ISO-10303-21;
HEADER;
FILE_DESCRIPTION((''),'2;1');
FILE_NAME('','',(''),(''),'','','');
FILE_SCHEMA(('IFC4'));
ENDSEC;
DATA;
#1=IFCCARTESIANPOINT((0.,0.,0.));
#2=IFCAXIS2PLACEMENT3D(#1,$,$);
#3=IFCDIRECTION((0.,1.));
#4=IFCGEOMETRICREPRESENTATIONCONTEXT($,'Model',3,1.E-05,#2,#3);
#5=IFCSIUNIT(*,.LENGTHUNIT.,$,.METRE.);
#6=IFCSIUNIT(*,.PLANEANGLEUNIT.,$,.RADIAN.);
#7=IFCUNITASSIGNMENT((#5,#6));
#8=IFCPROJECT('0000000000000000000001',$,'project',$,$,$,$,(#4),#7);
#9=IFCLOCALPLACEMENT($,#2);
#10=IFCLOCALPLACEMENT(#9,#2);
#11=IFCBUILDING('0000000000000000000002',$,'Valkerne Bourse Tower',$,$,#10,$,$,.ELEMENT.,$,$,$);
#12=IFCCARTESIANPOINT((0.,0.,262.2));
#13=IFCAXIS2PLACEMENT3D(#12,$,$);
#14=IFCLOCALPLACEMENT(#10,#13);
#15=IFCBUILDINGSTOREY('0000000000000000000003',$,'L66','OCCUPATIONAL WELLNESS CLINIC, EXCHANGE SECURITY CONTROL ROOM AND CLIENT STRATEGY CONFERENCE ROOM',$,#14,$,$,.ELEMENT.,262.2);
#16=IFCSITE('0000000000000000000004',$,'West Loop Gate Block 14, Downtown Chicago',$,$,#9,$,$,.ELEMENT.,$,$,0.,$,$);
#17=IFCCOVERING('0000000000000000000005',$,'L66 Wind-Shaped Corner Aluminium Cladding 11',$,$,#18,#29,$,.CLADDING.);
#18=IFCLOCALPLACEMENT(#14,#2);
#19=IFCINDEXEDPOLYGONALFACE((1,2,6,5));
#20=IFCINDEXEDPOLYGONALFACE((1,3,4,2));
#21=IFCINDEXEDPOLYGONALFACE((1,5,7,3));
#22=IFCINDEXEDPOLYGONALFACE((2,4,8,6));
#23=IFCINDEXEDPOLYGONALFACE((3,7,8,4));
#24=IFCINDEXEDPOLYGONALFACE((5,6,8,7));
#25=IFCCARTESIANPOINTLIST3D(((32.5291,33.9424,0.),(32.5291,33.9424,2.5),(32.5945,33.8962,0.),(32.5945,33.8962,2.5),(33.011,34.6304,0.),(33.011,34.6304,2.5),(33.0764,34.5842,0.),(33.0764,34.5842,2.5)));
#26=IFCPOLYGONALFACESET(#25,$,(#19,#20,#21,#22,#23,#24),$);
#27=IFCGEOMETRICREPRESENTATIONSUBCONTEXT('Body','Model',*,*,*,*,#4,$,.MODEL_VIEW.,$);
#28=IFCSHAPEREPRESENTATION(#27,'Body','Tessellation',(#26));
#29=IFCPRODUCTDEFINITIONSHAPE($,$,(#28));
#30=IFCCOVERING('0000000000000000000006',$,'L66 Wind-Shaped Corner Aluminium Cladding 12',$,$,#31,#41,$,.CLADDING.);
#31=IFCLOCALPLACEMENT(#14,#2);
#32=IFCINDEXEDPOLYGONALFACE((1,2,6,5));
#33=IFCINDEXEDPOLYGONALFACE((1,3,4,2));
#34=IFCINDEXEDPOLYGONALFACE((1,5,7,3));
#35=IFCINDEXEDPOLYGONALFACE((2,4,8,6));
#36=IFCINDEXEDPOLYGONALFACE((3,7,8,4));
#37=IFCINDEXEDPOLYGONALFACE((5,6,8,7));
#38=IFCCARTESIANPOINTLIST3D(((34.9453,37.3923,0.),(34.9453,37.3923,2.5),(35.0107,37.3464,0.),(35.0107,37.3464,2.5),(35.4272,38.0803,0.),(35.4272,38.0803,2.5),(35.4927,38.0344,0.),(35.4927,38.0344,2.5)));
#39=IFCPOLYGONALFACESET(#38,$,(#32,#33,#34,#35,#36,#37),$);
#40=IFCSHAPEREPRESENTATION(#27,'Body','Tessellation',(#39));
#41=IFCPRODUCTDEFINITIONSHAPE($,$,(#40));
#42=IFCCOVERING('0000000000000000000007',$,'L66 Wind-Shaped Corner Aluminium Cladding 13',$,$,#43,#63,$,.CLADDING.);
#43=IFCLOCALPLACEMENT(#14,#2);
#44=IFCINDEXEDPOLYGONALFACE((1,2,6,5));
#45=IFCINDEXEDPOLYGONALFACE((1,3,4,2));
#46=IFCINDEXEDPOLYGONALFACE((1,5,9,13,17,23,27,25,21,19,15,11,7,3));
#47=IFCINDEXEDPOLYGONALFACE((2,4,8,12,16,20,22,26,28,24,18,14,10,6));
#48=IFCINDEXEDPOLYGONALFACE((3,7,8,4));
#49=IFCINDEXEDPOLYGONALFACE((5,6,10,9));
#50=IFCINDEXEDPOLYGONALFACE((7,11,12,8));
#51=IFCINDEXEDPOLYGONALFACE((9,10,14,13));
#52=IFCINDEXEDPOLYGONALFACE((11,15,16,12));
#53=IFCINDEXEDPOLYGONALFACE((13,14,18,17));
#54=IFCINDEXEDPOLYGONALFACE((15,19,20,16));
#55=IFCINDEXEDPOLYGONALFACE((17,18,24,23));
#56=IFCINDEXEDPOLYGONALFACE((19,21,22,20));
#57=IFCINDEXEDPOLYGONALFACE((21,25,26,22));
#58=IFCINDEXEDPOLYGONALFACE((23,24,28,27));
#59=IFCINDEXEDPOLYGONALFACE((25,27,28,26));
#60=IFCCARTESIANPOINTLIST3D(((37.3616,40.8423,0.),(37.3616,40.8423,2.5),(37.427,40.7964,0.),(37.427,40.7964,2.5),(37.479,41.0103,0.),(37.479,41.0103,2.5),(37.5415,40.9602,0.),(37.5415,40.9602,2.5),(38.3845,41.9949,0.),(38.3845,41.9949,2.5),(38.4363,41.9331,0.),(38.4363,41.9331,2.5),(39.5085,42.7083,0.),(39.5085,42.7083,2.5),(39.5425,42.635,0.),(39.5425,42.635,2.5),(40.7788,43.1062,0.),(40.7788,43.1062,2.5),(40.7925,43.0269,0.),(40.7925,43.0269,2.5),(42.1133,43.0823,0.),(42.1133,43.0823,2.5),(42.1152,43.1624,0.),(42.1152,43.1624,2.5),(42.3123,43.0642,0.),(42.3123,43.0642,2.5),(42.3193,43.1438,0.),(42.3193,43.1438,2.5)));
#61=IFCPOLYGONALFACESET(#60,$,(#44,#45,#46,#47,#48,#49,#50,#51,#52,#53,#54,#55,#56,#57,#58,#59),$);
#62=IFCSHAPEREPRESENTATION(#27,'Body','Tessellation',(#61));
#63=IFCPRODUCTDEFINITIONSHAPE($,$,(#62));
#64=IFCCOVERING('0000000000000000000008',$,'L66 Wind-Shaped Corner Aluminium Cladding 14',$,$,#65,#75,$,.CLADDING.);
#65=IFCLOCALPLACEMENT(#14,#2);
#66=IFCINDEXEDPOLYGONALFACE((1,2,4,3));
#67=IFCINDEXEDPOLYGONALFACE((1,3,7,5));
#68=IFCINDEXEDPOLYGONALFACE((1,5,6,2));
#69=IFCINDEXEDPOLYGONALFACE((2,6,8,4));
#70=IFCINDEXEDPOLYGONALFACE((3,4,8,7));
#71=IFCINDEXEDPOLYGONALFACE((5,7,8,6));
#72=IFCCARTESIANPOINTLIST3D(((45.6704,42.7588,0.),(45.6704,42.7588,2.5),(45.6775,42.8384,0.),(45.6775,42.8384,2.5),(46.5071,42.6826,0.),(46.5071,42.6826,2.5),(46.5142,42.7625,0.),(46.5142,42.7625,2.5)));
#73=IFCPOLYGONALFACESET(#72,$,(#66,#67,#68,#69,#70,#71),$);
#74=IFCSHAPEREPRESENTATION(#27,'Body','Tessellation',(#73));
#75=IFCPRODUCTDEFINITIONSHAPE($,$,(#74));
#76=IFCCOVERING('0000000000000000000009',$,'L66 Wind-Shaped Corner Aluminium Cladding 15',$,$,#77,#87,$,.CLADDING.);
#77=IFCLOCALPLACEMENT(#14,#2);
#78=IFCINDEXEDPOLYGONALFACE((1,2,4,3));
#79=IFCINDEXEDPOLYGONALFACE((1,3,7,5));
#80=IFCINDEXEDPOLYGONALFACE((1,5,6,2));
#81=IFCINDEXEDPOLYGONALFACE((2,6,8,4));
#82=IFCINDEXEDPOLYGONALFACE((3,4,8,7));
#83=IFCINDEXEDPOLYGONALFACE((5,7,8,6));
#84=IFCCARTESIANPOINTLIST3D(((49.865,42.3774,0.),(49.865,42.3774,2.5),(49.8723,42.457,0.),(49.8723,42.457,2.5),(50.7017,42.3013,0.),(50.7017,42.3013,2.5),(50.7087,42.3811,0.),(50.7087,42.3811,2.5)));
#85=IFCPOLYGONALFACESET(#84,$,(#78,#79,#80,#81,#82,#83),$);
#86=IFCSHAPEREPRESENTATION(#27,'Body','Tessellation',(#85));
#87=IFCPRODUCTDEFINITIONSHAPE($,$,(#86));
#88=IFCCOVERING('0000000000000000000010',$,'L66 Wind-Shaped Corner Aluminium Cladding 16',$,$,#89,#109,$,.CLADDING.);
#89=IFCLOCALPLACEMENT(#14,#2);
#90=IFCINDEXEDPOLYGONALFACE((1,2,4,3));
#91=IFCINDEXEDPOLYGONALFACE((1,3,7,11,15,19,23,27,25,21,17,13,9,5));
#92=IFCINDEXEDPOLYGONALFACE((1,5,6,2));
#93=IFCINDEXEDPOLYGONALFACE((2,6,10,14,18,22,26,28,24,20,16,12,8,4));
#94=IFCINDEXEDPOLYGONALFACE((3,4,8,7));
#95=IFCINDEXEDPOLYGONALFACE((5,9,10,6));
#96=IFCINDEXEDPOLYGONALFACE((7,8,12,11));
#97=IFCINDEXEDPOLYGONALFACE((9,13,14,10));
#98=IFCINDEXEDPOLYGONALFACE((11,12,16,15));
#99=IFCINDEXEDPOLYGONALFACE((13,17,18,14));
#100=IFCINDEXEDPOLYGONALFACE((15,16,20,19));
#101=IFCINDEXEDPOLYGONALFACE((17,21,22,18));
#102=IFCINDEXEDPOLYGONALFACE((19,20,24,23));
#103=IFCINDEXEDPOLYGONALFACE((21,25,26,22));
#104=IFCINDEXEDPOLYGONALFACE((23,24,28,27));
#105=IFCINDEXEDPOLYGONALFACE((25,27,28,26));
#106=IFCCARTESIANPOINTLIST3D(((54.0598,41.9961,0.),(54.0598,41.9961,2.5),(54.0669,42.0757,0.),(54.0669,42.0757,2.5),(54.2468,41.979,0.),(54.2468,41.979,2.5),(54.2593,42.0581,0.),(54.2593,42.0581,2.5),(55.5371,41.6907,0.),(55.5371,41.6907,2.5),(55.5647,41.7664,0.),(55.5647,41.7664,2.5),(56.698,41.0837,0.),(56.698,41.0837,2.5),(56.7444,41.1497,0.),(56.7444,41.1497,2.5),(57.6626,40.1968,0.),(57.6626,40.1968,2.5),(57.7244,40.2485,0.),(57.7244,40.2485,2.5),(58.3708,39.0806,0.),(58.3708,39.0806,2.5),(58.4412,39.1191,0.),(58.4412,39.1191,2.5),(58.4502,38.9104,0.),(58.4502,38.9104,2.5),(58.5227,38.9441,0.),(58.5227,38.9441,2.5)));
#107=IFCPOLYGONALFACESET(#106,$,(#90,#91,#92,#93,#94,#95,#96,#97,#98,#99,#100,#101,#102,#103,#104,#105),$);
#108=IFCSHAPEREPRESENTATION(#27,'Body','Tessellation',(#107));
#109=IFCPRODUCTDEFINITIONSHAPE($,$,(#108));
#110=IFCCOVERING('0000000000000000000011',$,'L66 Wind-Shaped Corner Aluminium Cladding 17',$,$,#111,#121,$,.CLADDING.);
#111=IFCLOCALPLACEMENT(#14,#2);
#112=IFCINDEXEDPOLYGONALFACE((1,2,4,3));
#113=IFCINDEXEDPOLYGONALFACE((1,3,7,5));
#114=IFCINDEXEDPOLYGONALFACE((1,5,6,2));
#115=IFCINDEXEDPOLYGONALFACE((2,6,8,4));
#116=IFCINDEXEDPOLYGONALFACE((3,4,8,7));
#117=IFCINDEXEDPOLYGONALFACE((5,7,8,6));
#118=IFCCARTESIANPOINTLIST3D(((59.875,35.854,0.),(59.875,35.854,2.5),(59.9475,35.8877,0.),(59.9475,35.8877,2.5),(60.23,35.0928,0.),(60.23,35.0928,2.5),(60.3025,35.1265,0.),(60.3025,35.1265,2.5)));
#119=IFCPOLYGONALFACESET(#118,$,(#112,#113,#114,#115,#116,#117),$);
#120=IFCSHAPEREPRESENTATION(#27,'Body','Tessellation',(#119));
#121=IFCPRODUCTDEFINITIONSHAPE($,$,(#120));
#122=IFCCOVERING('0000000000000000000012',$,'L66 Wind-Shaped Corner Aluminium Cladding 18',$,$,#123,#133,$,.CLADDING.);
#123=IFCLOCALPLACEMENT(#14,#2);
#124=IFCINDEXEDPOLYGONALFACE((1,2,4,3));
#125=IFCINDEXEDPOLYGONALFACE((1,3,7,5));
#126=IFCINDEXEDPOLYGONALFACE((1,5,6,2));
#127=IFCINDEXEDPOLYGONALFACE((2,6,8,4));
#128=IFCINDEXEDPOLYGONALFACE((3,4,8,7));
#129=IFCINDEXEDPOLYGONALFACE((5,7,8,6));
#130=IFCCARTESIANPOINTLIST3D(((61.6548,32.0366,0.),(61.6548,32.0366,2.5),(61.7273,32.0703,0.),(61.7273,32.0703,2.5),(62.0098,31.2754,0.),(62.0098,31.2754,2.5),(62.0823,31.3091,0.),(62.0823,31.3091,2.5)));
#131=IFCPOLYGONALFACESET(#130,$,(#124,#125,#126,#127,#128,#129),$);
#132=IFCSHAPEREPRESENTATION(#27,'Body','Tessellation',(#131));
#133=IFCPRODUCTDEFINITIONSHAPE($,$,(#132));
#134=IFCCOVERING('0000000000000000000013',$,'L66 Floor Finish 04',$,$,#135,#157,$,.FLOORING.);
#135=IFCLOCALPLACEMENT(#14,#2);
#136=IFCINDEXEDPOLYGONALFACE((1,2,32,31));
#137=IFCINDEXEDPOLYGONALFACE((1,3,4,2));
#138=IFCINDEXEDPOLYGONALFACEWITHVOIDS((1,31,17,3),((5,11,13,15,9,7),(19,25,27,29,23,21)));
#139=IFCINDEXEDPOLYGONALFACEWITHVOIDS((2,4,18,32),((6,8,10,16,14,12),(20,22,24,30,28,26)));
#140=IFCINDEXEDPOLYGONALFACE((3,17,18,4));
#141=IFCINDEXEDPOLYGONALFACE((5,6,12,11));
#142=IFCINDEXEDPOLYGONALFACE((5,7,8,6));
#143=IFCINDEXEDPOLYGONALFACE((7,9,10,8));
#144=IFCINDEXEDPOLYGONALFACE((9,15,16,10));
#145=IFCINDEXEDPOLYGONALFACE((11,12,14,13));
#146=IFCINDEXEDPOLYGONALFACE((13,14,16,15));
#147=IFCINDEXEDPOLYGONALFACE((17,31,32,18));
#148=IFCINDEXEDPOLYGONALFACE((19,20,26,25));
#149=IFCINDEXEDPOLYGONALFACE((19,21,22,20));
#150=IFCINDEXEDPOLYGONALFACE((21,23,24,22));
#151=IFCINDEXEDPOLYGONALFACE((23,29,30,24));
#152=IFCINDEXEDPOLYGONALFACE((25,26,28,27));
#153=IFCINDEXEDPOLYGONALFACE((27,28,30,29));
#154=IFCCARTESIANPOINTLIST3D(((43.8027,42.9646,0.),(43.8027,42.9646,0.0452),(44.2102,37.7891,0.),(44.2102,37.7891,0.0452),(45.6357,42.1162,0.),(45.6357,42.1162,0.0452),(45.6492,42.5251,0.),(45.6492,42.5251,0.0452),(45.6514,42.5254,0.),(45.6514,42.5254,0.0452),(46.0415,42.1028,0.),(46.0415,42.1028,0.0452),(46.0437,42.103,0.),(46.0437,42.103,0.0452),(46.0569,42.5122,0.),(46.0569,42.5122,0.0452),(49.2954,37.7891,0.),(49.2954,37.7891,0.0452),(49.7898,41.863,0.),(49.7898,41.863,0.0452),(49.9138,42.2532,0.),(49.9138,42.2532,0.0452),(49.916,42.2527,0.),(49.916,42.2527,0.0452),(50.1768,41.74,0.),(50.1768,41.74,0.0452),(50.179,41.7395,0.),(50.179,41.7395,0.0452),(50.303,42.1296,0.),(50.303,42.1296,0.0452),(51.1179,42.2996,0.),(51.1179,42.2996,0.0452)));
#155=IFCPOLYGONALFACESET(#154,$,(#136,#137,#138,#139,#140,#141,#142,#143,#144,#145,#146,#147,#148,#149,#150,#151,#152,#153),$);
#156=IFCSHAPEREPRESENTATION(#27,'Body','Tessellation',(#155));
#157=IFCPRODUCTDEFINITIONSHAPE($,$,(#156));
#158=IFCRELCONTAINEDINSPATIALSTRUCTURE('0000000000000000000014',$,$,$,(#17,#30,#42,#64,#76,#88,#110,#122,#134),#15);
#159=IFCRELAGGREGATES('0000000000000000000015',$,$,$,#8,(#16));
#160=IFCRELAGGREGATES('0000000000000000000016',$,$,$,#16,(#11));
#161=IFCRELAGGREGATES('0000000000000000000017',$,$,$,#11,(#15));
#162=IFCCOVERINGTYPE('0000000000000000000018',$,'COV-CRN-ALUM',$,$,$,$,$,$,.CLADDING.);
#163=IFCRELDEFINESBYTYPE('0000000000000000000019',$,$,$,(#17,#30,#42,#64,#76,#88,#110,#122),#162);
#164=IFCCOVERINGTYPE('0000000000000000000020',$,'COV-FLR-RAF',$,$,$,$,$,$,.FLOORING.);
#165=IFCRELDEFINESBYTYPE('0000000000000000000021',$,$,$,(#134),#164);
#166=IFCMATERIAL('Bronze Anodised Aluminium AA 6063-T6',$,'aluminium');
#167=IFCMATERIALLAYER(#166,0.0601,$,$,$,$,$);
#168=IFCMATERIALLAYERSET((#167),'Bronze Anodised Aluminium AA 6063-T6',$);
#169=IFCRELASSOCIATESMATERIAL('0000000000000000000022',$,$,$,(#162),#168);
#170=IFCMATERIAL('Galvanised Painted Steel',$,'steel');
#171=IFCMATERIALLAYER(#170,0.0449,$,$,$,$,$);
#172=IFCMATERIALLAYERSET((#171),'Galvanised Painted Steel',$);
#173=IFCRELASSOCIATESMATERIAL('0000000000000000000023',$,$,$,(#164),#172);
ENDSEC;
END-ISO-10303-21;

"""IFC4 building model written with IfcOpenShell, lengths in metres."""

from ifc_helpers import new_model, si_unit, direction, frame, origin, place, context, subcontext, project, spatial, polyline, outline, extrude, material, layer, layer_set, type_object, element, save


model = new_model("IFC4")

# Units and contexts
model_context = context("Model", 3, precision=1e-05, world=origin(), true_north=direction((0.0, 1.0)))
body_context = subcontext(model_context, "Body", "Model", "MODEL_VIEW")
ifc_project = project(units=[si_unit("LENGTHUNIT", "METRE"), si_unit("PLANEANGLEUNIT", "RADIAN")], contexts=[model_context])

# Site, building, storey
site_placement = place(None, origin())
site = spatial("IfcSite", under=ifc_project, at=site_placement, Name="West Loop Gate Block 14, Downtown Chicago", CompositionType="ELEMENT", RefElevation=0.0)
building_placement = place(site_placement, origin())
building = spatial("IfcBuilding", under=site, at=building_placement, Name="Valkerne Bourse Tower", CompositionType="ELEMENT")
storey_placement = place(building_placement, frame((0.0, 0.0, 262.2)))
storey = spatial("IfcBuildingStorey", under=building, at=storey_placement, Name="L66", Description="OCCUPATIONAL WELLNESS CLINIC, EXCHANGE SECURITY CONTROL ROOM AND CLIENT STRATEGY CONFERENCE ROOM", CompositionType="ELEMENT", Elevation=262.2)

# Coverings
ifc_material_1 = material(Name="Bronze Anodised Aluminium AA 6063-T6", Category="aluminium")
ifc_layer_1 = layer(ifc_material_1, 0.0601)
ifc_layer_set_1 = layer_set([ifc_layer_1], Name="Bronze Anodised Aluminium AA 6063-T6")
covering_type_1 = type_object("IfcCoveringType", Name="COV-CRN-ALUM", PredefinedType="CLADDING", material=ifc_layer_set_1)
covering_1_placement = place(storey_placement, origin())
element("IfcCovering", 1, at=covering_1_placement, inside=storey, type_object=covering_type_1, Name="L66 Wind-Shaped Corner Aluminium Cladding 11", PredefinedType="CLADDING", context=body_context, shape_type="SweptSolid", body=[
    extrude(outline(polyline([(33.011, 34.6304), (33.0764, 34.5842), (32.5945, 33.8962), (32.5291, 33.9424), (33.011, 34.6304)])), origin(), (0.0, 0.0, 1.0), 2.5),
])
covering_2_placement = place(storey_placement, origin())
element("IfcCovering", 2, at=covering_2_placement, inside=storey, type_object=covering_type_1, Name="L66 Wind-Shaped Corner Aluminium Cladding 12", PredefinedType="CLADDING", context=body_context, shape_type="SweptSolid", body=[
    extrude(outline(polyline([(35.4272, 38.0803), (35.4927, 38.0344), (35.0107, 37.3464), (34.9453, 37.3923), (35.4272, 38.0803)])), origin(), (0.0, 0.0, 1.0), 2.5),
])
covering_3_placement = place(storey_placement, origin())
element("IfcCovering", 3, at=covering_3_placement, inside=storey, type_object=covering_type_1, Name="L66 Wind-Shaped Corner Aluminium Cladding 13", PredefinedType="CLADDING", context=body_context, shape_type="SweptSolid", body=[
    extrude(outline(polyline([(37.479, 41.0103), (38.3845, 41.9949), (39.5085, 42.7083), (40.7788, 43.1062), (42.1152, 43.1624), (42.3193, 43.1438), (42.3123, 43.0642), (42.1133, 43.0823), (40.7925, 43.0269), (39.5425, 42.635), (38.4363, 41.9331), (37.5415, 40.9602), (37.427, 40.7964), (37.3616, 40.8423), (37.479, 41.0103)])), origin(), (0.0, 0.0, 1.0), 2.5),
])
covering_4_placement = place(storey_placement, origin())
element("IfcCovering", 4, at=covering_4_placement, inside=storey, type_object=covering_type_1, Name="L66 Wind-Shaped Corner Aluminium Cladding 14", PredefinedType="CLADDING", context=body_context, shape_type="SweptSolid", body=[
    extrude(outline(polyline([(46.5142, 42.7625), (46.5071, 42.6826), (45.6704, 42.7588), (45.6775, 42.8384), (46.5142, 42.7625)])), origin(), (0.0, 0.0, 1.0), 2.5),
])
covering_5_placement = place(storey_placement, origin())
element("IfcCovering", 5, at=covering_5_placement, inside=storey, type_object=covering_type_1, Name="L66 Wind-Shaped Corner Aluminium Cladding 15", PredefinedType="CLADDING", context=body_context, shape_type="SweptSolid", body=[
    extrude(outline(polyline([(50.7087, 42.3811), (50.7017, 42.3013), (49.865, 42.3774), (49.8723, 42.457), (50.7087, 42.3811)])), origin(), (0.0, 0.0, 1.0), 2.5),
])
covering_6_placement = place(storey_placement, origin())
element("IfcCovering", 6, at=covering_6_placement, inside=storey, type_object=covering_type_1, Name="L66 Wind-Shaped Corner Aluminium Cladding 16", PredefinedType="CLADDING", context=body_context, shape_type="SweptSolid", body=[
    extrude(outline(polyline([(54.2593, 42.0581), (55.5647, 41.7664), (56.7444, 41.1497), (57.7244, 40.2485), (58.4412, 39.1191), (58.5227, 38.9441), (58.4502, 38.9104), (58.3708, 39.0806), (57.6626, 40.1968), (56.698, 41.0837), (55.5371, 41.6907), (54.2468, 41.979), (54.0598, 41.9961), (54.0669, 42.0757), (54.2593, 42.0581)])), origin(), (0.0, 0.0, 1.0), 2.5),
])
covering_7_placement = place(storey_placement, origin())
element("IfcCovering", 7, at=covering_7_placement, inside=storey, type_object=covering_type_1, Name="L66 Wind-Shaped Corner Aluminium Cladding 17", PredefinedType="CLADDING", context=body_context, shape_type="SweptSolid", body=[
    extrude(outline(polyline([(60.3025, 35.1265), (60.23, 35.0928), (59.875, 35.854), (59.9475, 35.8877), (60.3025, 35.1265)])), origin(), (0.0, 0.0, 1.0), 2.5),
])
covering_8_placement = place(storey_placement, origin())
element("IfcCovering", 8, at=covering_8_placement, inside=storey, type_object=covering_type_1, Name="L66 Wind-Shaped Corner Aluminium Cladding 18", PredefinedType="CLADDING", context=body_context, shape_type="SweptSolid", body=[
    extrude(outline(polyline([(62.0823, 31.3091), (62.0098, 31.2754), (61.6548, 32.0366), (61.7273, 32.0703), (62.0823, 31.3091)])), origin(), (0.0, 0.0, 1.0), 2.5),
])
ifc_material_2 = material(Name="Galvanised Painted Steel", Category="steel")
ifc_layer_2 = layer(ifc_material_2, 0.0449)
ifc_layer_set_2 = layer_set([ifc_layer_2], Name="Galvanised Painted Steel")
covering_type_2 = type_object("IfcCoveringType", Name="COV-FLR-RAF", PredefinedType="FLOORING", material=ifc_layer_set_2)
covering_9_placement = place(storey_placement, origin())
element("IfcCovering", 9, at=covering_9_placement, inside=storey, type_object=covering_type_2, Name="L66 Floor Finish 04", PredefinedType="FLOORING", context=body_context, shape_type="SweptSolid", body=[
    extrude(outline(polyline([(44.2102, 37.7891), (43.8027, 42.9646), (51.1179, 42.2996), (49.2954, 37.7891), (44.2102, 37.7891)]), holes=[polyline([(46.0437, 42.103), (46.0569, 42.5122), (45.6514, 42.5254), (45.6492, 42.5251), (45.6357, 42.1162), (46.0415, 42.1028), (46.0437, 42.103)]), polyline([(50.303, 42.1296), (49.916, 42.2527), (49.9138, 42.2532), (49.7898, 41.863), (50.1768, 41.74), (50.179, 41.7395), (50.303, 42.1296)])]), origin(), (0.0, 0.0, 1.0), 0.0452),
])

save(model, "model.ifc")
